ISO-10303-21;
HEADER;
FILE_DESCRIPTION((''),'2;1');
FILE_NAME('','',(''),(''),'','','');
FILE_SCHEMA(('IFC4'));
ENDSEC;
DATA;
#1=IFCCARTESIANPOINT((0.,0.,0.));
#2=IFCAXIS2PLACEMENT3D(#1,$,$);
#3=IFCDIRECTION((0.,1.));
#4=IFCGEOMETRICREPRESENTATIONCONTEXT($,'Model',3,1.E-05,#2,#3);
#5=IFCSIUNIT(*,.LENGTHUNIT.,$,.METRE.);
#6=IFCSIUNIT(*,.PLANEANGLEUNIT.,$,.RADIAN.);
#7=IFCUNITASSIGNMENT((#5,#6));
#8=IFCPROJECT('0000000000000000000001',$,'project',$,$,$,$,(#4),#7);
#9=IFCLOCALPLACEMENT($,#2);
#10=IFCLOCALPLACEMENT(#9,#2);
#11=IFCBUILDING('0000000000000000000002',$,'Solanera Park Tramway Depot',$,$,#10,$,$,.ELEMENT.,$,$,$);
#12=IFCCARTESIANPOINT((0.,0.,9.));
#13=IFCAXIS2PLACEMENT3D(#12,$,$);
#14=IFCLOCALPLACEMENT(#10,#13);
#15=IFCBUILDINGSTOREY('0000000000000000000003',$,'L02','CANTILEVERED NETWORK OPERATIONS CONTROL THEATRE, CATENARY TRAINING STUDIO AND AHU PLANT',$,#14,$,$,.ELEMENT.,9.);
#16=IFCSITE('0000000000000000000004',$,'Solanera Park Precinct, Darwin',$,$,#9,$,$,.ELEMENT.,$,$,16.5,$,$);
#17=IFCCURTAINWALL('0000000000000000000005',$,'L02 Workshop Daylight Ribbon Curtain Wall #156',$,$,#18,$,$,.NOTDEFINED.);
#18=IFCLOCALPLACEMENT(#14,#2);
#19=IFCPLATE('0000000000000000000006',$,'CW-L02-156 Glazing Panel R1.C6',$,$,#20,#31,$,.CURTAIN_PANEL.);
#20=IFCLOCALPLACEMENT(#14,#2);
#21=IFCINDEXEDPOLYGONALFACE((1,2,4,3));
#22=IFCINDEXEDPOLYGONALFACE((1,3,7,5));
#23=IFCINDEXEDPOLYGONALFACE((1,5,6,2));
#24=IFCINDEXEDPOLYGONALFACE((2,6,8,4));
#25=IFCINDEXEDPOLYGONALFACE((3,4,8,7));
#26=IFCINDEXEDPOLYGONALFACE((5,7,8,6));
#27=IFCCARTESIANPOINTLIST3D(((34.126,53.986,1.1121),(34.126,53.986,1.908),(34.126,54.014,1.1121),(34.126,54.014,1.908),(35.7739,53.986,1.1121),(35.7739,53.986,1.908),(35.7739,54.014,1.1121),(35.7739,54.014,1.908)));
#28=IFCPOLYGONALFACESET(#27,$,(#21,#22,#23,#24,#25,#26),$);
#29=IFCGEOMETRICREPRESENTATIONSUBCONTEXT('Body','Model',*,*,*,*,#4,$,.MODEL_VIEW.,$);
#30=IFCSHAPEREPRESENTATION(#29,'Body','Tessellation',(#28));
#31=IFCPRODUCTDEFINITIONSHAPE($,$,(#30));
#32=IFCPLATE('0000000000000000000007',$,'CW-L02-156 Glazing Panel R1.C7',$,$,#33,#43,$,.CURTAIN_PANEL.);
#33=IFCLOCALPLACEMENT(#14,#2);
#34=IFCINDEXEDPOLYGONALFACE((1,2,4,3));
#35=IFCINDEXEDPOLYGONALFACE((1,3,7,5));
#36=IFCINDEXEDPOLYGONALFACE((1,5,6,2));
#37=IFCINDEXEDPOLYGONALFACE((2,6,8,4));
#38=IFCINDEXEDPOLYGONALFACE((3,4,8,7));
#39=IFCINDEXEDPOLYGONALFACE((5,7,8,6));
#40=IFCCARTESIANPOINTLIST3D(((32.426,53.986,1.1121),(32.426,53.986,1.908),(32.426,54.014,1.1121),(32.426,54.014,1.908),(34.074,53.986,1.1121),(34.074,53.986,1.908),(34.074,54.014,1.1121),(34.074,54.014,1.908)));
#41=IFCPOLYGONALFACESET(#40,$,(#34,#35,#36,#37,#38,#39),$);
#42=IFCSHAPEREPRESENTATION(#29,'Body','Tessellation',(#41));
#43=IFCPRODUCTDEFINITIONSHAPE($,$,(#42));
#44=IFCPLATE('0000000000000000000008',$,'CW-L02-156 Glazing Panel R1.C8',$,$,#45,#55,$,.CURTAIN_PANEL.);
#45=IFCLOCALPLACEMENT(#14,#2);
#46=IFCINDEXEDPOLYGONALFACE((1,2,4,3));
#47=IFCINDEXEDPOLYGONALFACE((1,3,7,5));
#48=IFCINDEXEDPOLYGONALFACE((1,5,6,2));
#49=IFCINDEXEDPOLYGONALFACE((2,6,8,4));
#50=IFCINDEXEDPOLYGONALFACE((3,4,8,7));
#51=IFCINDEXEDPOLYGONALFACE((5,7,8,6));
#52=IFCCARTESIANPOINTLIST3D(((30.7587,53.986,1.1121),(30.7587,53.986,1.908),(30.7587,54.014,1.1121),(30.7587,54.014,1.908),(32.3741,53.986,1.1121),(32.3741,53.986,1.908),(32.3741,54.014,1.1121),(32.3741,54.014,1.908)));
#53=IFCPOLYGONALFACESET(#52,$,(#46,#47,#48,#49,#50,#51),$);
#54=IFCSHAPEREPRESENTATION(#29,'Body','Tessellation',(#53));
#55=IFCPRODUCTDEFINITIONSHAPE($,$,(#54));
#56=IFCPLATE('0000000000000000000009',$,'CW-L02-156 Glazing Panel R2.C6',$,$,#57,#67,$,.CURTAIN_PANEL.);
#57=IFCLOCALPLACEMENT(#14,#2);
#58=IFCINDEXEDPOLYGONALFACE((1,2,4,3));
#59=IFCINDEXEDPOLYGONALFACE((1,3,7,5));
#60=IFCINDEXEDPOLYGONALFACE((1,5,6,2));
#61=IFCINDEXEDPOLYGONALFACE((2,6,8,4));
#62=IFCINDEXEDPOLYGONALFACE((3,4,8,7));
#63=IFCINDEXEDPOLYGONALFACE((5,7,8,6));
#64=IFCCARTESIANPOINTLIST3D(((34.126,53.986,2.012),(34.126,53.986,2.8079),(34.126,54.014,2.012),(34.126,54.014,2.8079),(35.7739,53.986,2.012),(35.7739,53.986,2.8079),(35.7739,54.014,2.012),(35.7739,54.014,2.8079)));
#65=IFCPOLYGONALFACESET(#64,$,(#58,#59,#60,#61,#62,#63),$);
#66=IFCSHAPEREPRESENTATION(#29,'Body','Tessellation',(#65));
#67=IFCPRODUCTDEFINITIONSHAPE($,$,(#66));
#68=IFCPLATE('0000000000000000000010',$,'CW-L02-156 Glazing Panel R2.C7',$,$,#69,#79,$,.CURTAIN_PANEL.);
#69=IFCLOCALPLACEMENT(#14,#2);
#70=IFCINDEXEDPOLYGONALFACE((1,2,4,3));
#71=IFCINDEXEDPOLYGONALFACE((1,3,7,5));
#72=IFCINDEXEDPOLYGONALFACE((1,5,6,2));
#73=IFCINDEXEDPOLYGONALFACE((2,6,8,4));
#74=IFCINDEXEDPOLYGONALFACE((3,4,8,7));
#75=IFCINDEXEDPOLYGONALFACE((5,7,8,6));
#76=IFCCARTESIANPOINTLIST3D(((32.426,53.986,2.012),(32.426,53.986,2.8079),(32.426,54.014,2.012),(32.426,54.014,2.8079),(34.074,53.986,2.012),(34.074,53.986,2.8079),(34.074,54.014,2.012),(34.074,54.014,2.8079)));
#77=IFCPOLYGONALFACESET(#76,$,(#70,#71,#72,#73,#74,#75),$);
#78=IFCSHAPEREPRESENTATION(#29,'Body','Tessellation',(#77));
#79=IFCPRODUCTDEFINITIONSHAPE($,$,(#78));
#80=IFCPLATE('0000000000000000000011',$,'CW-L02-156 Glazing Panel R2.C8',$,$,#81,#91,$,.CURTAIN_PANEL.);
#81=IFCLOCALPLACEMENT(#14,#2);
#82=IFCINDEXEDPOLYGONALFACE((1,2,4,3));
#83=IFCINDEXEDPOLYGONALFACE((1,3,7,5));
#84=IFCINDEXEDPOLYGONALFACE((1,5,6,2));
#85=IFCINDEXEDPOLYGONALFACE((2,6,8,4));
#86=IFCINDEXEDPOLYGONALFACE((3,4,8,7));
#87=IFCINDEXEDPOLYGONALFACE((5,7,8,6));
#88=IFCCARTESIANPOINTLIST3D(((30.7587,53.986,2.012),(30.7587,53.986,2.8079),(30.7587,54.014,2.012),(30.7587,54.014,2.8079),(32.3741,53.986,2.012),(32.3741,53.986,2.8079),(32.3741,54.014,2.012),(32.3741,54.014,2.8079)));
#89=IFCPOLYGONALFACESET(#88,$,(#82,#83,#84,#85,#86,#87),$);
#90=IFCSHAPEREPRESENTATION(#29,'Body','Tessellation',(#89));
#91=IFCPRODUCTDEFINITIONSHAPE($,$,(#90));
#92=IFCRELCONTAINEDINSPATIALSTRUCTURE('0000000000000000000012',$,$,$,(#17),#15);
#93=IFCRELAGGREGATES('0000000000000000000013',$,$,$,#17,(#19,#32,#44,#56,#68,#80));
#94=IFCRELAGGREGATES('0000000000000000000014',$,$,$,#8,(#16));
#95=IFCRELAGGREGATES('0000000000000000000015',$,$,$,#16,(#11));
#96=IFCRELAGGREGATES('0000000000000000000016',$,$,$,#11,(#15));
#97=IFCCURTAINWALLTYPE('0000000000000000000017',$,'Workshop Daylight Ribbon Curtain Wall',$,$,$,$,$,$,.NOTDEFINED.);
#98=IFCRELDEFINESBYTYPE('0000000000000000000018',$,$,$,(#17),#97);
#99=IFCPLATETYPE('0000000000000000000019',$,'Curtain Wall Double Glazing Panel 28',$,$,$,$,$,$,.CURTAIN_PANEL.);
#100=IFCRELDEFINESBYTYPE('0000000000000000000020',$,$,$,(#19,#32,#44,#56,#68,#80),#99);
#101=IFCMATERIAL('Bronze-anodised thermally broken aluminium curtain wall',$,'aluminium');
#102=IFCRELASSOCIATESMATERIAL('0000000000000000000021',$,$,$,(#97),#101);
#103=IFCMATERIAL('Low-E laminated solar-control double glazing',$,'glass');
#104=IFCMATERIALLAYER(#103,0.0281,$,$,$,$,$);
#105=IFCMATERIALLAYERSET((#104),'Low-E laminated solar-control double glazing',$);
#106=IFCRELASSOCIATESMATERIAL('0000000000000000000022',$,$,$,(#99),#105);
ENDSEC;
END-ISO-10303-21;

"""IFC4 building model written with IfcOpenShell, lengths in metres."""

from ifc_helpers import new_model, si_unit, direction, frame, origin, origin_2d, place, context, subcontext, project, spatial, rectangle, extrude, material, layer, layer_set, type_object, element, aggregate, save


model = new_model("IFC4")

# Units and contexts
model_context = context("Model", 3, precision=1e-05, world=origin(), true_north=direction((0.0, 1.0)))
body_context = subcontext(model_context, "Body", "Model", "MODEL_VIEW")
ifc_project = project(units=[si_unit("LENGTHUNIT", "METRE"), si_unit("PLANEANGLEUNIT", "RADIAN")], contexts=[model_context])

# Site, building, storey
site_placement = place(None, origin())
site = spatial("IfcSite", under=ifc_project, at=site_placement, Name="Solanera Park Precinct, Darwin", CompositionType="ELEMENT", RefElevation=16.5)
building_placement = place(site_placement, origin())
building = spatial("IfcBuilding", under=site, at=building_placement, Name="Solanera Park Tramway Depot", CompositionType="ELEMENT")
storey_placement = place(building_placement, frame((0.0, 0.0, 9.0)))
storey = spatial("IfcBuildingStorey", under=building, at=storey_placement, Name="L02", Description="CANTILEVERED NETWORK OPERATIONS CONTROL THEATRE, CATENARY TRAINING STUDIO AND AHU PLANT", CompositionType="ELEMENT", Elevation=9.0)

# Curtain wall
ifc_material_1 = material(Name="Bronze-anodised thermally broken aluminium curtain wall", Category="aluminium")
curtain_wall_type = type_object("IfcCurtainWallType", Name="Workshop Daylight Ribbon Curtain Wall", PredefinedType="NOTDEFINED", material=ifc_material_1)
curtain_wall_1_placement = place(storey_placement, origin())
curtain_wall_1 = element("IfcCurtainWall", 1, at=curtain_wall_1_placement, inside=storey, type_object=curtain_wall_type, Name="L02 Workshop Daylight Ribbon Curtain Wall #156", PredefinedType="NOTDEFINED")

# Plates
ifc_material_2 = material(Name="Low-E laminated solar-control double glazing", Category="glass")
ifc_layer = layer(ifc_material_2, 0.0281)
ifc_layer_set = layer_set([ifc_layer], Name="Low-E laminated solar-control double glazing")
plate_type = type_object("IfcPlateType", Name="Curtain Wall Double Glazing Panel 28", PredefinedType="CURTAIN_PANEL", material=ifc_layer_set)
plate_1_placement = place(storey_placement, frame((34.95, 54.0, 1.1121), z_axis=(0.0, 0.0, 1.0), x_axis=(-1.0, 0.0, 0.0)))
plate_1 = element("IfcPlate", 2, at=plate_1_placement, type_object=plate_type, Name="CW-L02-156 Glazing Panel R1.C6", PredefinedType="CURTAIN_PANEL", context=body_context, shape_type="SweptSolid", body=[
    extrude(rectangle(XDim=1.6479, YDim=0.0281, at=origin_2d()), origin(), (0.0, 0.0, 1.0), 0.7959),
])
plate_2_placement = place(storey_placement, frame((33.25, 54.0, 1.1121), z_axis=(0.0, 0.0, 1.0), x_axis=(-1.0, 0.0, 0.0)))
plate_2 = element("IfcPlate", 3, at=plate_2_placement, type_object=plate_type, Name="CW-L02-156 Glazing Panel R1.C7", PredefinedType="CURTAIN_PANEL", context=body_context, shape_type="SweptSolid", body=[
    extrude(rectangle(XDim=1.6479, YDim=0.0281, at=origin_2d()), origin(), (0.0, 0.0, 1.0), 0.7959),
])
plate_3_placement = place(storey_placement, frame((31.5664, 54.0, 1.1121), z_axis=(0.0, 0.0, 1.0), x_axis=(-1.0, 0.0, 0.0)))
plate_3 = element("IfcPlate", 4, at=plate_3_placement, type_object=plate_type, Name="CW-L02-156 Glazing Panel R1.C8", PredefinedType="CURTAIN_PANEL", context=body_context, shape_type="SweptSolid", body=[
    extrude(rectangle(XDim=1.6155, YDim=0.0281, at=origin_2d()), origin(), (0.0, 0.0, 1.0), 0.7959),
])
plate_4_placement = place(storey_placement, frame((34.95, 54.0, 2.012), z_axis=(0.0, 0.0, 1.0), x_axis=(-1.0, 0.0, 0.0)))
plate_4 = element("IfcPlate", 5, at=plate_4_placement, type_object=plate_type, Name="CW-L02-156 Glazing Panel R2.C6", PredefinedType="CURTAIN_PANEL", context=body_context, shape_type="SweptSolid", body=[
    extrude(rectangle(XDim=1.6479, YDim=0.0281, at=origin_2d()), origin(), (0.0, 0.0, 1.0), 0.7959),
])
plate_5_placement = place(storey_placement, frame((33.25, 54.0, 2.012), z_axis=(0.0, 0.0, 1.0), x_axis=(-1.0, 0.0, 0.0)))
plate_5 = element("IfcPlate", 6, at=plate_5_placement, type_object=plate_type, Name="CW-L02-156 Glazing Panel R2.C7", PredefinedType="CURTAIN_PANEL", context=body_context, shape_type="SweptSolid", body=[
    extrude(rectangle(XDim=1.6479, YDim=0.0281, at=origin_2d()), origin(), (0.0, 0.0, 1.0), 0.7959),
])
plate_6_placement = place(storey_placement, frame((31.5664, 54.0, 2.012), z_axis=(0.0, 0.0, 1.0), x_axis=(-1.0, 0.0, 0.0)))
plate_6 = element("IfcPlate", 7, at=plate_6_placement, type_object=plate_type, Name="CW-L02-156 Glazing Panel R2.C8", PredefinedType="CURTAIN_PANEL", context=body_context, shape_type="SweptSolid", body=[
    extrude(rectangle(XDim=1.6155, YDim=0.0281, at=origin_2d()), origin(), (0.0, 0.0, 1.0), 0.7959),
])
aggregate(curtain_wall_1, [plate_1, plate_2, plate_3, plate_4, plate_5, plate_6])

save(model, "model.ifc")
